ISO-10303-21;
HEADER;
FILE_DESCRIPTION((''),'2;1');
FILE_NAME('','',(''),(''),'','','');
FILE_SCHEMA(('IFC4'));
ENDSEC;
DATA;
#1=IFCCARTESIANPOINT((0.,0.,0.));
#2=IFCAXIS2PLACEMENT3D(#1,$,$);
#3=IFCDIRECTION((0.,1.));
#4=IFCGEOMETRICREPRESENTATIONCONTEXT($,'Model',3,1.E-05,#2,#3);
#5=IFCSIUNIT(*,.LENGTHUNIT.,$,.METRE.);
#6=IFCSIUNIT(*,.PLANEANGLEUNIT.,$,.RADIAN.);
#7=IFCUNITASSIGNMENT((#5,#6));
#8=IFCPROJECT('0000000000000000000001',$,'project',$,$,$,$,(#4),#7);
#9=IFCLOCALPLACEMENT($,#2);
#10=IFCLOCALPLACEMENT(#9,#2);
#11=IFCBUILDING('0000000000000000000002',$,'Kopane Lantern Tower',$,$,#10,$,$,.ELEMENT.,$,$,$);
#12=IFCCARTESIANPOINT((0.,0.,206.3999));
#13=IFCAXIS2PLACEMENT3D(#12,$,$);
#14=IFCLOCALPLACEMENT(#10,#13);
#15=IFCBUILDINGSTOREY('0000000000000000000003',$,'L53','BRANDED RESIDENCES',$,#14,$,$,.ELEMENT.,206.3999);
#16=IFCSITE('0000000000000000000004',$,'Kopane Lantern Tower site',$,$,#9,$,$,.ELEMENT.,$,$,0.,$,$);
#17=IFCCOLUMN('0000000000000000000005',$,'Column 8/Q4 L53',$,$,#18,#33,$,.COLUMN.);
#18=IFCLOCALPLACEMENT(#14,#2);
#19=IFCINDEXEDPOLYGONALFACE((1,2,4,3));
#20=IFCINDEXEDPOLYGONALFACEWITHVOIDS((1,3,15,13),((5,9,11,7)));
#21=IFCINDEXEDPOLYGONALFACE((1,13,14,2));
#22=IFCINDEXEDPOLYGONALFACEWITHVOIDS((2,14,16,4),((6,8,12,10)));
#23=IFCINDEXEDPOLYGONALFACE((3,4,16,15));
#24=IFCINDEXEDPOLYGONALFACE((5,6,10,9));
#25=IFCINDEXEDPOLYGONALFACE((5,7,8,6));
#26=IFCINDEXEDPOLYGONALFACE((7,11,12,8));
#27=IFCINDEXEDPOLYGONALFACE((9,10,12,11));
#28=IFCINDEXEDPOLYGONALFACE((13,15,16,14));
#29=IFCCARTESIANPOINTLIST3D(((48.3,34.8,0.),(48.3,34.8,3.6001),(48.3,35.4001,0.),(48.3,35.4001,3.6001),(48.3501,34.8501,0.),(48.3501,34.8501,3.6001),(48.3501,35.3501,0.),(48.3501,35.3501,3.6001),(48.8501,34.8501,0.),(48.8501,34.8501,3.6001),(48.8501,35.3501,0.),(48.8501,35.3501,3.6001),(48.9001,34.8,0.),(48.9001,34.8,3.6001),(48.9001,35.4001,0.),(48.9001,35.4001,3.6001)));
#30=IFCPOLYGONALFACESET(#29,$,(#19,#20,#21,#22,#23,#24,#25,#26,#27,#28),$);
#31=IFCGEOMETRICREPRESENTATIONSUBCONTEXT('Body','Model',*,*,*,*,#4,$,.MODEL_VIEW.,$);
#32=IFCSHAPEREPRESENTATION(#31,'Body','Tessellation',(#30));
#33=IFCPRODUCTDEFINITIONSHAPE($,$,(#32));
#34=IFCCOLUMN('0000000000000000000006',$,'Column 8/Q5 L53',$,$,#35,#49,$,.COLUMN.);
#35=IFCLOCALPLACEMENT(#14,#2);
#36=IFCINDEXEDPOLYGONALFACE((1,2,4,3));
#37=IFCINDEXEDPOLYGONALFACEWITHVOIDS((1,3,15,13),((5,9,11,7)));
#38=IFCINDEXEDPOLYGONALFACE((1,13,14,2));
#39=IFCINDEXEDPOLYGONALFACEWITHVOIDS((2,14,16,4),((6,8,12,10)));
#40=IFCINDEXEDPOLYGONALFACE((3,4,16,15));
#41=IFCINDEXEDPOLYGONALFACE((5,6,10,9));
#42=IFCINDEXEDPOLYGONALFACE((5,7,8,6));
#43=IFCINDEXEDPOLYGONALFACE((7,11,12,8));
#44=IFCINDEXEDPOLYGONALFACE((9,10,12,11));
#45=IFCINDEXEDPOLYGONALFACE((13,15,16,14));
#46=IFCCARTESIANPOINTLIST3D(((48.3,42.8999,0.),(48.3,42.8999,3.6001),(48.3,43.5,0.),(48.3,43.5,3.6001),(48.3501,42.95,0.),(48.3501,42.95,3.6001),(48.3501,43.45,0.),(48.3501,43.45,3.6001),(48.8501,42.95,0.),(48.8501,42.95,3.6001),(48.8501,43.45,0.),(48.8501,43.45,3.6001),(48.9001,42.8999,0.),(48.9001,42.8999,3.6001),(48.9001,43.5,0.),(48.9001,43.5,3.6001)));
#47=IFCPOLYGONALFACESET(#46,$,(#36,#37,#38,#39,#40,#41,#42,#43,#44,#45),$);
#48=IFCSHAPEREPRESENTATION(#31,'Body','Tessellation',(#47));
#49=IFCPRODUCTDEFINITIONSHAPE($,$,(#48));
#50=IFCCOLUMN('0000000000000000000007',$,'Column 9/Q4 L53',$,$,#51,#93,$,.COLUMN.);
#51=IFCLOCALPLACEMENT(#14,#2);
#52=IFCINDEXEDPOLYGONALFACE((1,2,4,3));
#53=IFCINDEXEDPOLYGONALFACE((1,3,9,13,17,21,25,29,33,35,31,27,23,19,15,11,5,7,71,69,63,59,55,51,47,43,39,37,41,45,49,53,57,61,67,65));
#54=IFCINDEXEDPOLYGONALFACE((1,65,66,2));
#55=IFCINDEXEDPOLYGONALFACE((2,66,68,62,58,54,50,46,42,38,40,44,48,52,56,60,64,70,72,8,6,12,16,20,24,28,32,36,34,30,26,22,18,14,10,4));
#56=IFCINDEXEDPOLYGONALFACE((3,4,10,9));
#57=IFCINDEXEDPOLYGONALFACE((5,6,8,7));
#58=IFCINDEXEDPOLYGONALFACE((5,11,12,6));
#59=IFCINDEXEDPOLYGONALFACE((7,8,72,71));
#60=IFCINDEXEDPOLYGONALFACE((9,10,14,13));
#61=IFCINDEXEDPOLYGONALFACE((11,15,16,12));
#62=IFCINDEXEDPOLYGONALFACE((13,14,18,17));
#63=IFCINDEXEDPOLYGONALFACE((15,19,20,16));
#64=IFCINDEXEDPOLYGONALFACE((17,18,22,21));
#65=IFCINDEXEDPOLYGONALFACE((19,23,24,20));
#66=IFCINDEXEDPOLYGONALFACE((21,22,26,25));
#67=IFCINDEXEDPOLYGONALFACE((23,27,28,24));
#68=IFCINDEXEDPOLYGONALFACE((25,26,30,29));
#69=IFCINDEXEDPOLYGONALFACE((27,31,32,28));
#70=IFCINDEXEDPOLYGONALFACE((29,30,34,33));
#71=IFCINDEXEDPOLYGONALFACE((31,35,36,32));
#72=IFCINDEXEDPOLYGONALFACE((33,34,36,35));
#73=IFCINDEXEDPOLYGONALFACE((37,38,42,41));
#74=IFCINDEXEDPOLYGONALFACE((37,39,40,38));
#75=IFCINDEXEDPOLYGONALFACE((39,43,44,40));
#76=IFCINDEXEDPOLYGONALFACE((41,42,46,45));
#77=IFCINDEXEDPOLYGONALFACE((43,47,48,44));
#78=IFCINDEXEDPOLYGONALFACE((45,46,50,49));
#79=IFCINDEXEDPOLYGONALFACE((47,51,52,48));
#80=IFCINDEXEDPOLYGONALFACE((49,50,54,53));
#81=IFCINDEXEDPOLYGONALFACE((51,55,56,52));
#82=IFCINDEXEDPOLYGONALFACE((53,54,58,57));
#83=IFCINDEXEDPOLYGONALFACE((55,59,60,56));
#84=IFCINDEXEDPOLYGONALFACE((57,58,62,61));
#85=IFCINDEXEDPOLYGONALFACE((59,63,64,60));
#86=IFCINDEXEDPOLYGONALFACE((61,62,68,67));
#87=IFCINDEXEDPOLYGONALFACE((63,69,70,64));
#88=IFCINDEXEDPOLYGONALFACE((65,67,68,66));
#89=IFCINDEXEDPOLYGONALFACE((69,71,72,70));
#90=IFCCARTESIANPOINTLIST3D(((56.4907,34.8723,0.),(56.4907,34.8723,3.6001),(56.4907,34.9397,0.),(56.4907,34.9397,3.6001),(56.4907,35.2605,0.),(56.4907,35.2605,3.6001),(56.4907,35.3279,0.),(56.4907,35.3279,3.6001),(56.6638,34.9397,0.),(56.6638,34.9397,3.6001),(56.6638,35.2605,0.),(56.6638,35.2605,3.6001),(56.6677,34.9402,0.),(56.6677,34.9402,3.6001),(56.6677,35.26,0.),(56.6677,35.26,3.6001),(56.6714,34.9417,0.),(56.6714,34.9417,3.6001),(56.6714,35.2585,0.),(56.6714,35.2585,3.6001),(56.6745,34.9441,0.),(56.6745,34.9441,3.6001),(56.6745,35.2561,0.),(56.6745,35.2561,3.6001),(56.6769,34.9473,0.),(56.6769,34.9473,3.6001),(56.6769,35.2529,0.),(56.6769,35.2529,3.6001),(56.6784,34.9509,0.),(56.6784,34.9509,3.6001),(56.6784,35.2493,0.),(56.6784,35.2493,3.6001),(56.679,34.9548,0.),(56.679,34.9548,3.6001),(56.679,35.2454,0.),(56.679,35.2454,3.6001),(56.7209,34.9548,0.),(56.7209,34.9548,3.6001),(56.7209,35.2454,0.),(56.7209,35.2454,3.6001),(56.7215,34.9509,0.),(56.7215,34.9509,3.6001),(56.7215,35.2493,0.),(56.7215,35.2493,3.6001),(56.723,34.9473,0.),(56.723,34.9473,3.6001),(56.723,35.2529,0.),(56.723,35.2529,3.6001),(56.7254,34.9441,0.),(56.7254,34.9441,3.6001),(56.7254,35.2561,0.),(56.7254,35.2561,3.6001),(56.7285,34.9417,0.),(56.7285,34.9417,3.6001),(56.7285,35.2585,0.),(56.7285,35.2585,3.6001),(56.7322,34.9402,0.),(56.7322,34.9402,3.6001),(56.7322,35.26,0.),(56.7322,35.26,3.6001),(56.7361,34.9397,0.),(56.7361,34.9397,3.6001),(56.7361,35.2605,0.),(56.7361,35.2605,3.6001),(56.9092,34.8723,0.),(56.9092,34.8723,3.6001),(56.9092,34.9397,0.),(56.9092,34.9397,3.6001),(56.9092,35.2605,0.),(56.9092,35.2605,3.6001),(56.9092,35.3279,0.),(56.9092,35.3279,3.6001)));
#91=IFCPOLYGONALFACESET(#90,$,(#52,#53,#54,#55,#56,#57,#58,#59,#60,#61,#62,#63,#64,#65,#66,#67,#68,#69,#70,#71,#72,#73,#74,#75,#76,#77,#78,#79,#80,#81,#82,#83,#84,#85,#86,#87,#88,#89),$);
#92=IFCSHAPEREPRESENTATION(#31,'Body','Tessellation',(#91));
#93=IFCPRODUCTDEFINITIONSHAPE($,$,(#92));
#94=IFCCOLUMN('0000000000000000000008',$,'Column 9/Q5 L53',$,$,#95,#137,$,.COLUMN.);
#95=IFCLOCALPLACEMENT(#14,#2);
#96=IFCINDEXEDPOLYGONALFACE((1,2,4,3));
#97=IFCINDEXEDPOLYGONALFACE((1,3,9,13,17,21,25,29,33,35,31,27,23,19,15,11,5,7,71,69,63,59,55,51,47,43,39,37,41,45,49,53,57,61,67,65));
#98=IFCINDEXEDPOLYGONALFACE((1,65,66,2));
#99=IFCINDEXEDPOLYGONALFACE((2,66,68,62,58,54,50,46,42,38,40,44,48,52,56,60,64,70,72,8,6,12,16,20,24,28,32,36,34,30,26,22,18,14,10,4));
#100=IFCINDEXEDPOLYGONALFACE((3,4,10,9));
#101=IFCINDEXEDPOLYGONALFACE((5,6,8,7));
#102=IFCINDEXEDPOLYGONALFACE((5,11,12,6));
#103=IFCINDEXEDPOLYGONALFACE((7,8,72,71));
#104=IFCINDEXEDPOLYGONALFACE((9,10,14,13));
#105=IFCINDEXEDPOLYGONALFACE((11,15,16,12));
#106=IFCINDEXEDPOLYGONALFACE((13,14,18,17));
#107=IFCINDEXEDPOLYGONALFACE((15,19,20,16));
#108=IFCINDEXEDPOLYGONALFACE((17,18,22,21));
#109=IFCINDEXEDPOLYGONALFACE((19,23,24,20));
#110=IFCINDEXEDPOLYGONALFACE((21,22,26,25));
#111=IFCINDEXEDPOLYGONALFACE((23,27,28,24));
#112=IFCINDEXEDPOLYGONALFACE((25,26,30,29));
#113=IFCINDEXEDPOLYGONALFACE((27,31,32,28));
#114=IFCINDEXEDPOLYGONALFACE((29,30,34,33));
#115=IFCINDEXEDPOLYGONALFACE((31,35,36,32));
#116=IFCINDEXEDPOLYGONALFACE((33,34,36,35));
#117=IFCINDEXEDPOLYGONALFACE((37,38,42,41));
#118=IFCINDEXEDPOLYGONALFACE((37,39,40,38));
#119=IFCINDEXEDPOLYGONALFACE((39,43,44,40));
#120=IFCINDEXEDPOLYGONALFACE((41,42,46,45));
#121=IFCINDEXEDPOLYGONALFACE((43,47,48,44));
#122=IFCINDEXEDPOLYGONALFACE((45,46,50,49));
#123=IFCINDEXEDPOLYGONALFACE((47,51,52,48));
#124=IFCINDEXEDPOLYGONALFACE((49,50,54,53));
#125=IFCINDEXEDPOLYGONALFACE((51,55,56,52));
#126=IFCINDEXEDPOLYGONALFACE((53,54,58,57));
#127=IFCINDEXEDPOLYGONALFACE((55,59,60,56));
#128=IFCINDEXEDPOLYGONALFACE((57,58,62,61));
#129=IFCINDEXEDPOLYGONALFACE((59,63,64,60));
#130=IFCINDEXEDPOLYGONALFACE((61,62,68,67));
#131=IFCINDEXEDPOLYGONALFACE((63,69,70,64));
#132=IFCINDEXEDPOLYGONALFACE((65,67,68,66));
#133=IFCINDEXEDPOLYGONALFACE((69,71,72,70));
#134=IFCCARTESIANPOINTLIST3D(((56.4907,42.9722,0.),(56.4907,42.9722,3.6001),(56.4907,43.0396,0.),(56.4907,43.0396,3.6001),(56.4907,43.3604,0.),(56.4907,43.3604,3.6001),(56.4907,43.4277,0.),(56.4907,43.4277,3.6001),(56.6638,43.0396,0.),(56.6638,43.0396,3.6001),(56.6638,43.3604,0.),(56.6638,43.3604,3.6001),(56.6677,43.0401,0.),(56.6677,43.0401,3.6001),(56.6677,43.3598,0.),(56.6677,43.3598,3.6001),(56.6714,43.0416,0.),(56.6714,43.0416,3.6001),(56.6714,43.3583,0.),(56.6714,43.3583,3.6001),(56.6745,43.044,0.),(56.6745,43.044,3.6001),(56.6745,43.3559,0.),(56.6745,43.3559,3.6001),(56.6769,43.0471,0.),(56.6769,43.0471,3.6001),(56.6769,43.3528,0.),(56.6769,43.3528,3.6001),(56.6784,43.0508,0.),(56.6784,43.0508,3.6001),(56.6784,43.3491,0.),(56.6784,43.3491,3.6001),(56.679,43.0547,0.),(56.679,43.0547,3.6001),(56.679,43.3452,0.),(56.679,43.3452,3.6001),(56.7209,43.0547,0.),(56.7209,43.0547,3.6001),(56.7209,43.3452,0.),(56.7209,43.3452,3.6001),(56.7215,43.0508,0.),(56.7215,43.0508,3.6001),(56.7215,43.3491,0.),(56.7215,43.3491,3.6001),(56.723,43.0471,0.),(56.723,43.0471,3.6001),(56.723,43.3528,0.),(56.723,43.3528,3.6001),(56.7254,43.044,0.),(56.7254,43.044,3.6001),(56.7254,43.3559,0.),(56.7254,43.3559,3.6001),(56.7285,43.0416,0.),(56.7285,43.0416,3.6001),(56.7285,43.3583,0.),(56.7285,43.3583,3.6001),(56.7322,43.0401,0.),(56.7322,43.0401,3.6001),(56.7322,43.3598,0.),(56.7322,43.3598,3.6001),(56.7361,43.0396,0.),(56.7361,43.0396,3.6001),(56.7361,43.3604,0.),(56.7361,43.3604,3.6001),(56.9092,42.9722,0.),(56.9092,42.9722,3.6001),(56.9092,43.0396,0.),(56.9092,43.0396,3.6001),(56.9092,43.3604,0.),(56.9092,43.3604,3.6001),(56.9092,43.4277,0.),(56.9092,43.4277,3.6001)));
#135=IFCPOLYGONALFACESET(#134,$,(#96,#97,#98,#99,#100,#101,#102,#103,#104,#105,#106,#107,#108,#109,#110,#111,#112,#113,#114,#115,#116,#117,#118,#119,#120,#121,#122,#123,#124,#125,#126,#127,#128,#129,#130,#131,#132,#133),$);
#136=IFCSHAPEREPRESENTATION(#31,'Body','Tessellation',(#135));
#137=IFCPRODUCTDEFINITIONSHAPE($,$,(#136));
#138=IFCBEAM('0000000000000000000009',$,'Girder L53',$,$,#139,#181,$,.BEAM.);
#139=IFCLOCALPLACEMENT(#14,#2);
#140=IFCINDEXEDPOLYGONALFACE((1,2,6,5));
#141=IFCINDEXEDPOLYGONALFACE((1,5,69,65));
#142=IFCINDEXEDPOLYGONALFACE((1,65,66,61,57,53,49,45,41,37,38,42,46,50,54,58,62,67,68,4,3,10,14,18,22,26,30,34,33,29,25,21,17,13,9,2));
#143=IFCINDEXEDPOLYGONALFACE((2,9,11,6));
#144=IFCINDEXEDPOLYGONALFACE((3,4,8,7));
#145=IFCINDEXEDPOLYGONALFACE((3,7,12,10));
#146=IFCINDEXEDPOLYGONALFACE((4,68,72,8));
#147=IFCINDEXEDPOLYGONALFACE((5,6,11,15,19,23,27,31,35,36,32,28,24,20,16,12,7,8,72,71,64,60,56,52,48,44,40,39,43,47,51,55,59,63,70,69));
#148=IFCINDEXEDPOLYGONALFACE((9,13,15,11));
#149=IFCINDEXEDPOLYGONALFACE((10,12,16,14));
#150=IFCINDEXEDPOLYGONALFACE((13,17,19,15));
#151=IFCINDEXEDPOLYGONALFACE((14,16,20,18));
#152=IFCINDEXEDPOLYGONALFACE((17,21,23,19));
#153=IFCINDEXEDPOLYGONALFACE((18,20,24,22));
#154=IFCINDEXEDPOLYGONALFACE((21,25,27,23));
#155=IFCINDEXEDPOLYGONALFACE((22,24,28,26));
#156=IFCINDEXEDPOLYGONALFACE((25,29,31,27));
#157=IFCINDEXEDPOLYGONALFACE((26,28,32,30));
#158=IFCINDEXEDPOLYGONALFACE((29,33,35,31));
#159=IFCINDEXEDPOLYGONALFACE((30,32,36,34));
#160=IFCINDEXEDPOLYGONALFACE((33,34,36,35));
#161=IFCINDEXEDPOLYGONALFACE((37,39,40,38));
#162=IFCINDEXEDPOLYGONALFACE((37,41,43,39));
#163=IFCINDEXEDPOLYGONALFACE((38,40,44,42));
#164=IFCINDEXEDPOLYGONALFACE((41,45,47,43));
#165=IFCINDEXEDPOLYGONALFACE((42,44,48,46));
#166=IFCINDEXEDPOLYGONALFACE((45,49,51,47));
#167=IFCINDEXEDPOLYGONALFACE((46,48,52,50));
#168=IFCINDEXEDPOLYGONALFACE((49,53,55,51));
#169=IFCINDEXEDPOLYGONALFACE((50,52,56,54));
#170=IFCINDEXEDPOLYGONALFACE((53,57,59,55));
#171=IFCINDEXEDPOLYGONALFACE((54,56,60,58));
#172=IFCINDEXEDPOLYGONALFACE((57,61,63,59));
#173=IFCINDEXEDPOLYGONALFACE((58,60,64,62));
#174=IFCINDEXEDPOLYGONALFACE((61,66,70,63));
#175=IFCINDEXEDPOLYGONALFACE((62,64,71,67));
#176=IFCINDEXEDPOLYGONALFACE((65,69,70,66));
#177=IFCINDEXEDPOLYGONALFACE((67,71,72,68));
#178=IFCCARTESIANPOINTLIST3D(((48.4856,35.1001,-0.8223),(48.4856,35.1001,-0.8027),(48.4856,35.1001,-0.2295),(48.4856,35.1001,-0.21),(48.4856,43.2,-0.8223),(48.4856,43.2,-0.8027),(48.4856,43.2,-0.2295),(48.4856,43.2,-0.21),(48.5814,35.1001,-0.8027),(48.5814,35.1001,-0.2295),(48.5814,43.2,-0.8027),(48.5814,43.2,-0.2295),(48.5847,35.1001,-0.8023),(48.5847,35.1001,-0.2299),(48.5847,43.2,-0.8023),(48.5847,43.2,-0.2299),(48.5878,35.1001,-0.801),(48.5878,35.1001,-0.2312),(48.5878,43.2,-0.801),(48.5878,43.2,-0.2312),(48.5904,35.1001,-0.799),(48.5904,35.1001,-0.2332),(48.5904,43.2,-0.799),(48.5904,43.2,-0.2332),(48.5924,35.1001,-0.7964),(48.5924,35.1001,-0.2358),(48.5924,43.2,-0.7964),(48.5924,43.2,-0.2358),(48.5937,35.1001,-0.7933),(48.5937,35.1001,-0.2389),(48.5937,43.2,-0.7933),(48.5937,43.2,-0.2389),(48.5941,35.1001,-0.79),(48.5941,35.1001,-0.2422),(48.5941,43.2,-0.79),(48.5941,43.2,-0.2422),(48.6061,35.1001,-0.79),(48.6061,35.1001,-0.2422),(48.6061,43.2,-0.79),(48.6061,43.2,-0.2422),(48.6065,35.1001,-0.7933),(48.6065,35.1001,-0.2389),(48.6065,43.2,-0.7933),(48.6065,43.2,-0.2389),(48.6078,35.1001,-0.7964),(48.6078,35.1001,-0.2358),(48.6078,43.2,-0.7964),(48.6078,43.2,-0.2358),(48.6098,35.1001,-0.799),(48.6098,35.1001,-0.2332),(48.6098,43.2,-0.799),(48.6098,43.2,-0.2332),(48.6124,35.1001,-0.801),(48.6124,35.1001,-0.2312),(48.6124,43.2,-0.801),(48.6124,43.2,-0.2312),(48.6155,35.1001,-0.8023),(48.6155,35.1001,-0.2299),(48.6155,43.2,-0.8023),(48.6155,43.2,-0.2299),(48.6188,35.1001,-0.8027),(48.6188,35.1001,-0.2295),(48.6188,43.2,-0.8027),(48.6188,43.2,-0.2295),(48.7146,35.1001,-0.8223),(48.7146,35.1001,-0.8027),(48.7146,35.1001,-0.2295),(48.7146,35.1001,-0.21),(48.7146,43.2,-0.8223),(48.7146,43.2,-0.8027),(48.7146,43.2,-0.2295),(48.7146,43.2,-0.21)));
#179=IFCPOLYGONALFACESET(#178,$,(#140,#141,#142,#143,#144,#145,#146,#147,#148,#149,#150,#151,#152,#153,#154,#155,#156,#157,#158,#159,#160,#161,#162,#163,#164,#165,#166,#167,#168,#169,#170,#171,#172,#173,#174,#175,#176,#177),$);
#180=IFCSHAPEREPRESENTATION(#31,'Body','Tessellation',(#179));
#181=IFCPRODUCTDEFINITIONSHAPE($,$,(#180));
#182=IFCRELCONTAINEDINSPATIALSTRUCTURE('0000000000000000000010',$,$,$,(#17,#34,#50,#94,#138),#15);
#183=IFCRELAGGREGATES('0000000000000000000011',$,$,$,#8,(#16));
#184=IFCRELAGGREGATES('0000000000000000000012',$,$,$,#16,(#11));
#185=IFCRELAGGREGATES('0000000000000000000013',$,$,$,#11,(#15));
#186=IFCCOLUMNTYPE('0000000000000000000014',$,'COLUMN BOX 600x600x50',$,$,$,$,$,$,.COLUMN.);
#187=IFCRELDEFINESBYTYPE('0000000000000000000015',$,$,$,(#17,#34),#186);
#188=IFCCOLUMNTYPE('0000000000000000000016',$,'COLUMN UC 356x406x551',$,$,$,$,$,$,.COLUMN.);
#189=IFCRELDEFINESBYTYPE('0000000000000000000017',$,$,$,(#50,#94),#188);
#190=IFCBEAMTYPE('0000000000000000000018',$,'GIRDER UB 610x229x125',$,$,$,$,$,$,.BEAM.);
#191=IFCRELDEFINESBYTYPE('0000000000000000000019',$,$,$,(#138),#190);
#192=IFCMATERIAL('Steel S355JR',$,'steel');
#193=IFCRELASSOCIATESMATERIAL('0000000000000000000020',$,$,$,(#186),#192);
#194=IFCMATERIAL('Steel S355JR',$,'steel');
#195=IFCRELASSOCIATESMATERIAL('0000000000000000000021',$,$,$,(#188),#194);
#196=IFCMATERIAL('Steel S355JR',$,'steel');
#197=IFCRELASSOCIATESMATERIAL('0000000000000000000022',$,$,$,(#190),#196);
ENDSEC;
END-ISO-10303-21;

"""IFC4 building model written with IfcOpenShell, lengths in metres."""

from ifc_helpers import new_model, si_unit, direction, frame, origin, origin_2d, place, context, subcontext, project, spatial, hollow_rectangle, i_section, extrude, material, material_profile, profile_set, type_object, element, save


model = new_model("IFC4")

# Units and contexts
model_context = context("Model", 3, precision=1e-05, world=origin(), true_north=direction((0.0, 1.0)))
body_context = subcontext(model_context, "Body", "Model", "MODEL_VIEW")
ifc_project = project(units=[si_unit("LENGTHUNIT", "METRE"), si_unit("PLANEANGLEUNIT", "RADIAN")], contexts=[model_context])

# Site, building, storey
site_placement = place(None, origin())
site = spatial("IfcSite", under=ifc_project, at=site_placement, Name="Kopane Lantern Tower site", CompositionType="ELEMENT", RefElevation=0.0)
building_placement = place(site_placement, origin())
building = spatial("IfcBuilding", under=site, at=building_placement, Name="Kopane Lantern Tower", CompositionType="ELEMENT")
storey_placement = place(building_placement, frame((0.0, 0.0, 206.3999)))
storey = spatial("IfcBuildingStorey", under=building, at=storey_placement, Name="L53", Description="BRANDED RESIDENCES", CompositionType="ELEMENT", Elevation=206.3999)

# Columns
ifc_material_1 = material(Name="Steel S355JR", Category="steel")
ifc_material_profile_1 = material_profile(ifc_material_1, hollow_rectangle(XDim=0.6001, YDim=0.6001, WallThickness=0.05, at=origin_2d()), Name="BOX 600x600x50")
ifc_profile_set_1 = profile_set([ifc_material_profile_1], Name="Steel S355JR")
column_type_1 = type_object("IfcColumnType", Name="COLUMN BOX 600x600x50", PredefinedType="COLUMN", material=ifc_profile_set_1)
for number, where, z_axis, x_axis, name in (
    (1, (48.6001, 35.1001, 0.0), (0.0, 0.0, 1.0), (1.0, 0.0, 0.0), "Column 8/Q4 L53"),
    (2, (48.6001, 43.2, 0.0), (0.0, 0.0, 1.0), (1.0, 0.0, 0.0), "Column 8/Q5 L53"),
):
    element("IfcColumn", number, at=place(storey_placement, frame(where, z_axis=z_axis, x_axis=x_axis)), inside=storey, type_object=column_type_1, Name=name, PredefinedType="COLUMN", context=body_context, shape_type="SweptSolid", body=[
        extrude(hollow_rectangle(XDim=0.6001, YDim=0.6001, WallThickness=0.05, at=origin_2d()), origin(), (0.0, 0.0, 1.0), 3.6001),
    ])
ifc_material_2 = material(Name="Steel S355JR", Category="steel")
ifc_material_profile_2 = material_profile(ifc_material_2, i_section(OverallWidth=0.4185, OverallDepth=0.4556, WebThickness=0.042, FlangeThickness=0.0674, FilletRadius=0.0151, at=origin_2d()), Name="UC 356x406x551")
ifc_profile_set_2 = profile_set([ifc_material_profile_2], Name="Steel S355JR")
column_type_2 = type_object("IfcColumnType", Name="COLUMN UC 356x406x551", PredefinedType="COLUMN", material=ifc_profile_set_2)
for number, where, z_axis, x_axis, name in (
    (3, (56.7, 35.1001, 0.0), (0.0, 0.0, 1.0), (1.0, 0.0, 0.0), "Column 9/Q4 L53"),
    (4, (56.7, 43.2, 0.0), (0.0, 0.0, 1.0), (1.0, 0.0, 0.0), "Column 9/Q5 L53"),
):
    element("IfcColumn", number, at=place(storey_placement, frame(where, z_axis=z_axis, x_axis=x_axis)), inside=storey, type_object=column_type_2, Name=name, PredefinedType="COLUMN", context=body_context, shape_type="SweptSolid", body=[
        extrude(i_section(OverallWidth=0.4185, OverallDepth=0.4556, WebThickness=0.042, FlangeThickness=0.0674, FilletRadius=0.0151, at=origin_2d()), origin(), (0.0, 0.0, 1.0), 3.6001),
    ])

# Beam
ifc_material_3 = material(Name="Steel S355JR", Category="steel")
ifc_material_profile_3 = material_profile(ifc_material_3, i_section(OverallWidth=0.229, OverallDepth=0.6123, WebThickness=0.012, FlangeThickness=0.0195, FilletRadius=0.0127, at=origin_2d()), Name="UB 610x229x125")
ifc_profile_set_3 = profile_set([ifc_material_profile_3], Name="Steel S355JR")
beam_type = type_object("IfcBeamType", Name="GIRDER UB 610x229x125", PredefinedType="BEAM", material=ifc_profile_set_3)
for number, where, z_axis, x_axis, name in (
    (5, (48.6001, 35.1001, -0.5161), (0.0, 1.0, 0.0), (-1.0, 0.0, 0.0), "Girder L53"),
):
    element("IfcBeam", number, at=place(storey_placement, frame(where, z_axis=z_axis, x_axis=x_axis)), inside=storey, type_object=beam_type, Name=name, PredefinedType="BEAM", context=body_context, shape_type="SweptSolid", body=[
        extrude(i_section(OverallWidth=0.229, OverallDepth=0.6123, WebThickness=0.012, FlangeThickness=0.0195, FilletRadius=0.0127, at=origin_2d()), origin(), (0.0, 0.0, 1.0), 8.0999),
    ])

save(model, "model.ifc")
